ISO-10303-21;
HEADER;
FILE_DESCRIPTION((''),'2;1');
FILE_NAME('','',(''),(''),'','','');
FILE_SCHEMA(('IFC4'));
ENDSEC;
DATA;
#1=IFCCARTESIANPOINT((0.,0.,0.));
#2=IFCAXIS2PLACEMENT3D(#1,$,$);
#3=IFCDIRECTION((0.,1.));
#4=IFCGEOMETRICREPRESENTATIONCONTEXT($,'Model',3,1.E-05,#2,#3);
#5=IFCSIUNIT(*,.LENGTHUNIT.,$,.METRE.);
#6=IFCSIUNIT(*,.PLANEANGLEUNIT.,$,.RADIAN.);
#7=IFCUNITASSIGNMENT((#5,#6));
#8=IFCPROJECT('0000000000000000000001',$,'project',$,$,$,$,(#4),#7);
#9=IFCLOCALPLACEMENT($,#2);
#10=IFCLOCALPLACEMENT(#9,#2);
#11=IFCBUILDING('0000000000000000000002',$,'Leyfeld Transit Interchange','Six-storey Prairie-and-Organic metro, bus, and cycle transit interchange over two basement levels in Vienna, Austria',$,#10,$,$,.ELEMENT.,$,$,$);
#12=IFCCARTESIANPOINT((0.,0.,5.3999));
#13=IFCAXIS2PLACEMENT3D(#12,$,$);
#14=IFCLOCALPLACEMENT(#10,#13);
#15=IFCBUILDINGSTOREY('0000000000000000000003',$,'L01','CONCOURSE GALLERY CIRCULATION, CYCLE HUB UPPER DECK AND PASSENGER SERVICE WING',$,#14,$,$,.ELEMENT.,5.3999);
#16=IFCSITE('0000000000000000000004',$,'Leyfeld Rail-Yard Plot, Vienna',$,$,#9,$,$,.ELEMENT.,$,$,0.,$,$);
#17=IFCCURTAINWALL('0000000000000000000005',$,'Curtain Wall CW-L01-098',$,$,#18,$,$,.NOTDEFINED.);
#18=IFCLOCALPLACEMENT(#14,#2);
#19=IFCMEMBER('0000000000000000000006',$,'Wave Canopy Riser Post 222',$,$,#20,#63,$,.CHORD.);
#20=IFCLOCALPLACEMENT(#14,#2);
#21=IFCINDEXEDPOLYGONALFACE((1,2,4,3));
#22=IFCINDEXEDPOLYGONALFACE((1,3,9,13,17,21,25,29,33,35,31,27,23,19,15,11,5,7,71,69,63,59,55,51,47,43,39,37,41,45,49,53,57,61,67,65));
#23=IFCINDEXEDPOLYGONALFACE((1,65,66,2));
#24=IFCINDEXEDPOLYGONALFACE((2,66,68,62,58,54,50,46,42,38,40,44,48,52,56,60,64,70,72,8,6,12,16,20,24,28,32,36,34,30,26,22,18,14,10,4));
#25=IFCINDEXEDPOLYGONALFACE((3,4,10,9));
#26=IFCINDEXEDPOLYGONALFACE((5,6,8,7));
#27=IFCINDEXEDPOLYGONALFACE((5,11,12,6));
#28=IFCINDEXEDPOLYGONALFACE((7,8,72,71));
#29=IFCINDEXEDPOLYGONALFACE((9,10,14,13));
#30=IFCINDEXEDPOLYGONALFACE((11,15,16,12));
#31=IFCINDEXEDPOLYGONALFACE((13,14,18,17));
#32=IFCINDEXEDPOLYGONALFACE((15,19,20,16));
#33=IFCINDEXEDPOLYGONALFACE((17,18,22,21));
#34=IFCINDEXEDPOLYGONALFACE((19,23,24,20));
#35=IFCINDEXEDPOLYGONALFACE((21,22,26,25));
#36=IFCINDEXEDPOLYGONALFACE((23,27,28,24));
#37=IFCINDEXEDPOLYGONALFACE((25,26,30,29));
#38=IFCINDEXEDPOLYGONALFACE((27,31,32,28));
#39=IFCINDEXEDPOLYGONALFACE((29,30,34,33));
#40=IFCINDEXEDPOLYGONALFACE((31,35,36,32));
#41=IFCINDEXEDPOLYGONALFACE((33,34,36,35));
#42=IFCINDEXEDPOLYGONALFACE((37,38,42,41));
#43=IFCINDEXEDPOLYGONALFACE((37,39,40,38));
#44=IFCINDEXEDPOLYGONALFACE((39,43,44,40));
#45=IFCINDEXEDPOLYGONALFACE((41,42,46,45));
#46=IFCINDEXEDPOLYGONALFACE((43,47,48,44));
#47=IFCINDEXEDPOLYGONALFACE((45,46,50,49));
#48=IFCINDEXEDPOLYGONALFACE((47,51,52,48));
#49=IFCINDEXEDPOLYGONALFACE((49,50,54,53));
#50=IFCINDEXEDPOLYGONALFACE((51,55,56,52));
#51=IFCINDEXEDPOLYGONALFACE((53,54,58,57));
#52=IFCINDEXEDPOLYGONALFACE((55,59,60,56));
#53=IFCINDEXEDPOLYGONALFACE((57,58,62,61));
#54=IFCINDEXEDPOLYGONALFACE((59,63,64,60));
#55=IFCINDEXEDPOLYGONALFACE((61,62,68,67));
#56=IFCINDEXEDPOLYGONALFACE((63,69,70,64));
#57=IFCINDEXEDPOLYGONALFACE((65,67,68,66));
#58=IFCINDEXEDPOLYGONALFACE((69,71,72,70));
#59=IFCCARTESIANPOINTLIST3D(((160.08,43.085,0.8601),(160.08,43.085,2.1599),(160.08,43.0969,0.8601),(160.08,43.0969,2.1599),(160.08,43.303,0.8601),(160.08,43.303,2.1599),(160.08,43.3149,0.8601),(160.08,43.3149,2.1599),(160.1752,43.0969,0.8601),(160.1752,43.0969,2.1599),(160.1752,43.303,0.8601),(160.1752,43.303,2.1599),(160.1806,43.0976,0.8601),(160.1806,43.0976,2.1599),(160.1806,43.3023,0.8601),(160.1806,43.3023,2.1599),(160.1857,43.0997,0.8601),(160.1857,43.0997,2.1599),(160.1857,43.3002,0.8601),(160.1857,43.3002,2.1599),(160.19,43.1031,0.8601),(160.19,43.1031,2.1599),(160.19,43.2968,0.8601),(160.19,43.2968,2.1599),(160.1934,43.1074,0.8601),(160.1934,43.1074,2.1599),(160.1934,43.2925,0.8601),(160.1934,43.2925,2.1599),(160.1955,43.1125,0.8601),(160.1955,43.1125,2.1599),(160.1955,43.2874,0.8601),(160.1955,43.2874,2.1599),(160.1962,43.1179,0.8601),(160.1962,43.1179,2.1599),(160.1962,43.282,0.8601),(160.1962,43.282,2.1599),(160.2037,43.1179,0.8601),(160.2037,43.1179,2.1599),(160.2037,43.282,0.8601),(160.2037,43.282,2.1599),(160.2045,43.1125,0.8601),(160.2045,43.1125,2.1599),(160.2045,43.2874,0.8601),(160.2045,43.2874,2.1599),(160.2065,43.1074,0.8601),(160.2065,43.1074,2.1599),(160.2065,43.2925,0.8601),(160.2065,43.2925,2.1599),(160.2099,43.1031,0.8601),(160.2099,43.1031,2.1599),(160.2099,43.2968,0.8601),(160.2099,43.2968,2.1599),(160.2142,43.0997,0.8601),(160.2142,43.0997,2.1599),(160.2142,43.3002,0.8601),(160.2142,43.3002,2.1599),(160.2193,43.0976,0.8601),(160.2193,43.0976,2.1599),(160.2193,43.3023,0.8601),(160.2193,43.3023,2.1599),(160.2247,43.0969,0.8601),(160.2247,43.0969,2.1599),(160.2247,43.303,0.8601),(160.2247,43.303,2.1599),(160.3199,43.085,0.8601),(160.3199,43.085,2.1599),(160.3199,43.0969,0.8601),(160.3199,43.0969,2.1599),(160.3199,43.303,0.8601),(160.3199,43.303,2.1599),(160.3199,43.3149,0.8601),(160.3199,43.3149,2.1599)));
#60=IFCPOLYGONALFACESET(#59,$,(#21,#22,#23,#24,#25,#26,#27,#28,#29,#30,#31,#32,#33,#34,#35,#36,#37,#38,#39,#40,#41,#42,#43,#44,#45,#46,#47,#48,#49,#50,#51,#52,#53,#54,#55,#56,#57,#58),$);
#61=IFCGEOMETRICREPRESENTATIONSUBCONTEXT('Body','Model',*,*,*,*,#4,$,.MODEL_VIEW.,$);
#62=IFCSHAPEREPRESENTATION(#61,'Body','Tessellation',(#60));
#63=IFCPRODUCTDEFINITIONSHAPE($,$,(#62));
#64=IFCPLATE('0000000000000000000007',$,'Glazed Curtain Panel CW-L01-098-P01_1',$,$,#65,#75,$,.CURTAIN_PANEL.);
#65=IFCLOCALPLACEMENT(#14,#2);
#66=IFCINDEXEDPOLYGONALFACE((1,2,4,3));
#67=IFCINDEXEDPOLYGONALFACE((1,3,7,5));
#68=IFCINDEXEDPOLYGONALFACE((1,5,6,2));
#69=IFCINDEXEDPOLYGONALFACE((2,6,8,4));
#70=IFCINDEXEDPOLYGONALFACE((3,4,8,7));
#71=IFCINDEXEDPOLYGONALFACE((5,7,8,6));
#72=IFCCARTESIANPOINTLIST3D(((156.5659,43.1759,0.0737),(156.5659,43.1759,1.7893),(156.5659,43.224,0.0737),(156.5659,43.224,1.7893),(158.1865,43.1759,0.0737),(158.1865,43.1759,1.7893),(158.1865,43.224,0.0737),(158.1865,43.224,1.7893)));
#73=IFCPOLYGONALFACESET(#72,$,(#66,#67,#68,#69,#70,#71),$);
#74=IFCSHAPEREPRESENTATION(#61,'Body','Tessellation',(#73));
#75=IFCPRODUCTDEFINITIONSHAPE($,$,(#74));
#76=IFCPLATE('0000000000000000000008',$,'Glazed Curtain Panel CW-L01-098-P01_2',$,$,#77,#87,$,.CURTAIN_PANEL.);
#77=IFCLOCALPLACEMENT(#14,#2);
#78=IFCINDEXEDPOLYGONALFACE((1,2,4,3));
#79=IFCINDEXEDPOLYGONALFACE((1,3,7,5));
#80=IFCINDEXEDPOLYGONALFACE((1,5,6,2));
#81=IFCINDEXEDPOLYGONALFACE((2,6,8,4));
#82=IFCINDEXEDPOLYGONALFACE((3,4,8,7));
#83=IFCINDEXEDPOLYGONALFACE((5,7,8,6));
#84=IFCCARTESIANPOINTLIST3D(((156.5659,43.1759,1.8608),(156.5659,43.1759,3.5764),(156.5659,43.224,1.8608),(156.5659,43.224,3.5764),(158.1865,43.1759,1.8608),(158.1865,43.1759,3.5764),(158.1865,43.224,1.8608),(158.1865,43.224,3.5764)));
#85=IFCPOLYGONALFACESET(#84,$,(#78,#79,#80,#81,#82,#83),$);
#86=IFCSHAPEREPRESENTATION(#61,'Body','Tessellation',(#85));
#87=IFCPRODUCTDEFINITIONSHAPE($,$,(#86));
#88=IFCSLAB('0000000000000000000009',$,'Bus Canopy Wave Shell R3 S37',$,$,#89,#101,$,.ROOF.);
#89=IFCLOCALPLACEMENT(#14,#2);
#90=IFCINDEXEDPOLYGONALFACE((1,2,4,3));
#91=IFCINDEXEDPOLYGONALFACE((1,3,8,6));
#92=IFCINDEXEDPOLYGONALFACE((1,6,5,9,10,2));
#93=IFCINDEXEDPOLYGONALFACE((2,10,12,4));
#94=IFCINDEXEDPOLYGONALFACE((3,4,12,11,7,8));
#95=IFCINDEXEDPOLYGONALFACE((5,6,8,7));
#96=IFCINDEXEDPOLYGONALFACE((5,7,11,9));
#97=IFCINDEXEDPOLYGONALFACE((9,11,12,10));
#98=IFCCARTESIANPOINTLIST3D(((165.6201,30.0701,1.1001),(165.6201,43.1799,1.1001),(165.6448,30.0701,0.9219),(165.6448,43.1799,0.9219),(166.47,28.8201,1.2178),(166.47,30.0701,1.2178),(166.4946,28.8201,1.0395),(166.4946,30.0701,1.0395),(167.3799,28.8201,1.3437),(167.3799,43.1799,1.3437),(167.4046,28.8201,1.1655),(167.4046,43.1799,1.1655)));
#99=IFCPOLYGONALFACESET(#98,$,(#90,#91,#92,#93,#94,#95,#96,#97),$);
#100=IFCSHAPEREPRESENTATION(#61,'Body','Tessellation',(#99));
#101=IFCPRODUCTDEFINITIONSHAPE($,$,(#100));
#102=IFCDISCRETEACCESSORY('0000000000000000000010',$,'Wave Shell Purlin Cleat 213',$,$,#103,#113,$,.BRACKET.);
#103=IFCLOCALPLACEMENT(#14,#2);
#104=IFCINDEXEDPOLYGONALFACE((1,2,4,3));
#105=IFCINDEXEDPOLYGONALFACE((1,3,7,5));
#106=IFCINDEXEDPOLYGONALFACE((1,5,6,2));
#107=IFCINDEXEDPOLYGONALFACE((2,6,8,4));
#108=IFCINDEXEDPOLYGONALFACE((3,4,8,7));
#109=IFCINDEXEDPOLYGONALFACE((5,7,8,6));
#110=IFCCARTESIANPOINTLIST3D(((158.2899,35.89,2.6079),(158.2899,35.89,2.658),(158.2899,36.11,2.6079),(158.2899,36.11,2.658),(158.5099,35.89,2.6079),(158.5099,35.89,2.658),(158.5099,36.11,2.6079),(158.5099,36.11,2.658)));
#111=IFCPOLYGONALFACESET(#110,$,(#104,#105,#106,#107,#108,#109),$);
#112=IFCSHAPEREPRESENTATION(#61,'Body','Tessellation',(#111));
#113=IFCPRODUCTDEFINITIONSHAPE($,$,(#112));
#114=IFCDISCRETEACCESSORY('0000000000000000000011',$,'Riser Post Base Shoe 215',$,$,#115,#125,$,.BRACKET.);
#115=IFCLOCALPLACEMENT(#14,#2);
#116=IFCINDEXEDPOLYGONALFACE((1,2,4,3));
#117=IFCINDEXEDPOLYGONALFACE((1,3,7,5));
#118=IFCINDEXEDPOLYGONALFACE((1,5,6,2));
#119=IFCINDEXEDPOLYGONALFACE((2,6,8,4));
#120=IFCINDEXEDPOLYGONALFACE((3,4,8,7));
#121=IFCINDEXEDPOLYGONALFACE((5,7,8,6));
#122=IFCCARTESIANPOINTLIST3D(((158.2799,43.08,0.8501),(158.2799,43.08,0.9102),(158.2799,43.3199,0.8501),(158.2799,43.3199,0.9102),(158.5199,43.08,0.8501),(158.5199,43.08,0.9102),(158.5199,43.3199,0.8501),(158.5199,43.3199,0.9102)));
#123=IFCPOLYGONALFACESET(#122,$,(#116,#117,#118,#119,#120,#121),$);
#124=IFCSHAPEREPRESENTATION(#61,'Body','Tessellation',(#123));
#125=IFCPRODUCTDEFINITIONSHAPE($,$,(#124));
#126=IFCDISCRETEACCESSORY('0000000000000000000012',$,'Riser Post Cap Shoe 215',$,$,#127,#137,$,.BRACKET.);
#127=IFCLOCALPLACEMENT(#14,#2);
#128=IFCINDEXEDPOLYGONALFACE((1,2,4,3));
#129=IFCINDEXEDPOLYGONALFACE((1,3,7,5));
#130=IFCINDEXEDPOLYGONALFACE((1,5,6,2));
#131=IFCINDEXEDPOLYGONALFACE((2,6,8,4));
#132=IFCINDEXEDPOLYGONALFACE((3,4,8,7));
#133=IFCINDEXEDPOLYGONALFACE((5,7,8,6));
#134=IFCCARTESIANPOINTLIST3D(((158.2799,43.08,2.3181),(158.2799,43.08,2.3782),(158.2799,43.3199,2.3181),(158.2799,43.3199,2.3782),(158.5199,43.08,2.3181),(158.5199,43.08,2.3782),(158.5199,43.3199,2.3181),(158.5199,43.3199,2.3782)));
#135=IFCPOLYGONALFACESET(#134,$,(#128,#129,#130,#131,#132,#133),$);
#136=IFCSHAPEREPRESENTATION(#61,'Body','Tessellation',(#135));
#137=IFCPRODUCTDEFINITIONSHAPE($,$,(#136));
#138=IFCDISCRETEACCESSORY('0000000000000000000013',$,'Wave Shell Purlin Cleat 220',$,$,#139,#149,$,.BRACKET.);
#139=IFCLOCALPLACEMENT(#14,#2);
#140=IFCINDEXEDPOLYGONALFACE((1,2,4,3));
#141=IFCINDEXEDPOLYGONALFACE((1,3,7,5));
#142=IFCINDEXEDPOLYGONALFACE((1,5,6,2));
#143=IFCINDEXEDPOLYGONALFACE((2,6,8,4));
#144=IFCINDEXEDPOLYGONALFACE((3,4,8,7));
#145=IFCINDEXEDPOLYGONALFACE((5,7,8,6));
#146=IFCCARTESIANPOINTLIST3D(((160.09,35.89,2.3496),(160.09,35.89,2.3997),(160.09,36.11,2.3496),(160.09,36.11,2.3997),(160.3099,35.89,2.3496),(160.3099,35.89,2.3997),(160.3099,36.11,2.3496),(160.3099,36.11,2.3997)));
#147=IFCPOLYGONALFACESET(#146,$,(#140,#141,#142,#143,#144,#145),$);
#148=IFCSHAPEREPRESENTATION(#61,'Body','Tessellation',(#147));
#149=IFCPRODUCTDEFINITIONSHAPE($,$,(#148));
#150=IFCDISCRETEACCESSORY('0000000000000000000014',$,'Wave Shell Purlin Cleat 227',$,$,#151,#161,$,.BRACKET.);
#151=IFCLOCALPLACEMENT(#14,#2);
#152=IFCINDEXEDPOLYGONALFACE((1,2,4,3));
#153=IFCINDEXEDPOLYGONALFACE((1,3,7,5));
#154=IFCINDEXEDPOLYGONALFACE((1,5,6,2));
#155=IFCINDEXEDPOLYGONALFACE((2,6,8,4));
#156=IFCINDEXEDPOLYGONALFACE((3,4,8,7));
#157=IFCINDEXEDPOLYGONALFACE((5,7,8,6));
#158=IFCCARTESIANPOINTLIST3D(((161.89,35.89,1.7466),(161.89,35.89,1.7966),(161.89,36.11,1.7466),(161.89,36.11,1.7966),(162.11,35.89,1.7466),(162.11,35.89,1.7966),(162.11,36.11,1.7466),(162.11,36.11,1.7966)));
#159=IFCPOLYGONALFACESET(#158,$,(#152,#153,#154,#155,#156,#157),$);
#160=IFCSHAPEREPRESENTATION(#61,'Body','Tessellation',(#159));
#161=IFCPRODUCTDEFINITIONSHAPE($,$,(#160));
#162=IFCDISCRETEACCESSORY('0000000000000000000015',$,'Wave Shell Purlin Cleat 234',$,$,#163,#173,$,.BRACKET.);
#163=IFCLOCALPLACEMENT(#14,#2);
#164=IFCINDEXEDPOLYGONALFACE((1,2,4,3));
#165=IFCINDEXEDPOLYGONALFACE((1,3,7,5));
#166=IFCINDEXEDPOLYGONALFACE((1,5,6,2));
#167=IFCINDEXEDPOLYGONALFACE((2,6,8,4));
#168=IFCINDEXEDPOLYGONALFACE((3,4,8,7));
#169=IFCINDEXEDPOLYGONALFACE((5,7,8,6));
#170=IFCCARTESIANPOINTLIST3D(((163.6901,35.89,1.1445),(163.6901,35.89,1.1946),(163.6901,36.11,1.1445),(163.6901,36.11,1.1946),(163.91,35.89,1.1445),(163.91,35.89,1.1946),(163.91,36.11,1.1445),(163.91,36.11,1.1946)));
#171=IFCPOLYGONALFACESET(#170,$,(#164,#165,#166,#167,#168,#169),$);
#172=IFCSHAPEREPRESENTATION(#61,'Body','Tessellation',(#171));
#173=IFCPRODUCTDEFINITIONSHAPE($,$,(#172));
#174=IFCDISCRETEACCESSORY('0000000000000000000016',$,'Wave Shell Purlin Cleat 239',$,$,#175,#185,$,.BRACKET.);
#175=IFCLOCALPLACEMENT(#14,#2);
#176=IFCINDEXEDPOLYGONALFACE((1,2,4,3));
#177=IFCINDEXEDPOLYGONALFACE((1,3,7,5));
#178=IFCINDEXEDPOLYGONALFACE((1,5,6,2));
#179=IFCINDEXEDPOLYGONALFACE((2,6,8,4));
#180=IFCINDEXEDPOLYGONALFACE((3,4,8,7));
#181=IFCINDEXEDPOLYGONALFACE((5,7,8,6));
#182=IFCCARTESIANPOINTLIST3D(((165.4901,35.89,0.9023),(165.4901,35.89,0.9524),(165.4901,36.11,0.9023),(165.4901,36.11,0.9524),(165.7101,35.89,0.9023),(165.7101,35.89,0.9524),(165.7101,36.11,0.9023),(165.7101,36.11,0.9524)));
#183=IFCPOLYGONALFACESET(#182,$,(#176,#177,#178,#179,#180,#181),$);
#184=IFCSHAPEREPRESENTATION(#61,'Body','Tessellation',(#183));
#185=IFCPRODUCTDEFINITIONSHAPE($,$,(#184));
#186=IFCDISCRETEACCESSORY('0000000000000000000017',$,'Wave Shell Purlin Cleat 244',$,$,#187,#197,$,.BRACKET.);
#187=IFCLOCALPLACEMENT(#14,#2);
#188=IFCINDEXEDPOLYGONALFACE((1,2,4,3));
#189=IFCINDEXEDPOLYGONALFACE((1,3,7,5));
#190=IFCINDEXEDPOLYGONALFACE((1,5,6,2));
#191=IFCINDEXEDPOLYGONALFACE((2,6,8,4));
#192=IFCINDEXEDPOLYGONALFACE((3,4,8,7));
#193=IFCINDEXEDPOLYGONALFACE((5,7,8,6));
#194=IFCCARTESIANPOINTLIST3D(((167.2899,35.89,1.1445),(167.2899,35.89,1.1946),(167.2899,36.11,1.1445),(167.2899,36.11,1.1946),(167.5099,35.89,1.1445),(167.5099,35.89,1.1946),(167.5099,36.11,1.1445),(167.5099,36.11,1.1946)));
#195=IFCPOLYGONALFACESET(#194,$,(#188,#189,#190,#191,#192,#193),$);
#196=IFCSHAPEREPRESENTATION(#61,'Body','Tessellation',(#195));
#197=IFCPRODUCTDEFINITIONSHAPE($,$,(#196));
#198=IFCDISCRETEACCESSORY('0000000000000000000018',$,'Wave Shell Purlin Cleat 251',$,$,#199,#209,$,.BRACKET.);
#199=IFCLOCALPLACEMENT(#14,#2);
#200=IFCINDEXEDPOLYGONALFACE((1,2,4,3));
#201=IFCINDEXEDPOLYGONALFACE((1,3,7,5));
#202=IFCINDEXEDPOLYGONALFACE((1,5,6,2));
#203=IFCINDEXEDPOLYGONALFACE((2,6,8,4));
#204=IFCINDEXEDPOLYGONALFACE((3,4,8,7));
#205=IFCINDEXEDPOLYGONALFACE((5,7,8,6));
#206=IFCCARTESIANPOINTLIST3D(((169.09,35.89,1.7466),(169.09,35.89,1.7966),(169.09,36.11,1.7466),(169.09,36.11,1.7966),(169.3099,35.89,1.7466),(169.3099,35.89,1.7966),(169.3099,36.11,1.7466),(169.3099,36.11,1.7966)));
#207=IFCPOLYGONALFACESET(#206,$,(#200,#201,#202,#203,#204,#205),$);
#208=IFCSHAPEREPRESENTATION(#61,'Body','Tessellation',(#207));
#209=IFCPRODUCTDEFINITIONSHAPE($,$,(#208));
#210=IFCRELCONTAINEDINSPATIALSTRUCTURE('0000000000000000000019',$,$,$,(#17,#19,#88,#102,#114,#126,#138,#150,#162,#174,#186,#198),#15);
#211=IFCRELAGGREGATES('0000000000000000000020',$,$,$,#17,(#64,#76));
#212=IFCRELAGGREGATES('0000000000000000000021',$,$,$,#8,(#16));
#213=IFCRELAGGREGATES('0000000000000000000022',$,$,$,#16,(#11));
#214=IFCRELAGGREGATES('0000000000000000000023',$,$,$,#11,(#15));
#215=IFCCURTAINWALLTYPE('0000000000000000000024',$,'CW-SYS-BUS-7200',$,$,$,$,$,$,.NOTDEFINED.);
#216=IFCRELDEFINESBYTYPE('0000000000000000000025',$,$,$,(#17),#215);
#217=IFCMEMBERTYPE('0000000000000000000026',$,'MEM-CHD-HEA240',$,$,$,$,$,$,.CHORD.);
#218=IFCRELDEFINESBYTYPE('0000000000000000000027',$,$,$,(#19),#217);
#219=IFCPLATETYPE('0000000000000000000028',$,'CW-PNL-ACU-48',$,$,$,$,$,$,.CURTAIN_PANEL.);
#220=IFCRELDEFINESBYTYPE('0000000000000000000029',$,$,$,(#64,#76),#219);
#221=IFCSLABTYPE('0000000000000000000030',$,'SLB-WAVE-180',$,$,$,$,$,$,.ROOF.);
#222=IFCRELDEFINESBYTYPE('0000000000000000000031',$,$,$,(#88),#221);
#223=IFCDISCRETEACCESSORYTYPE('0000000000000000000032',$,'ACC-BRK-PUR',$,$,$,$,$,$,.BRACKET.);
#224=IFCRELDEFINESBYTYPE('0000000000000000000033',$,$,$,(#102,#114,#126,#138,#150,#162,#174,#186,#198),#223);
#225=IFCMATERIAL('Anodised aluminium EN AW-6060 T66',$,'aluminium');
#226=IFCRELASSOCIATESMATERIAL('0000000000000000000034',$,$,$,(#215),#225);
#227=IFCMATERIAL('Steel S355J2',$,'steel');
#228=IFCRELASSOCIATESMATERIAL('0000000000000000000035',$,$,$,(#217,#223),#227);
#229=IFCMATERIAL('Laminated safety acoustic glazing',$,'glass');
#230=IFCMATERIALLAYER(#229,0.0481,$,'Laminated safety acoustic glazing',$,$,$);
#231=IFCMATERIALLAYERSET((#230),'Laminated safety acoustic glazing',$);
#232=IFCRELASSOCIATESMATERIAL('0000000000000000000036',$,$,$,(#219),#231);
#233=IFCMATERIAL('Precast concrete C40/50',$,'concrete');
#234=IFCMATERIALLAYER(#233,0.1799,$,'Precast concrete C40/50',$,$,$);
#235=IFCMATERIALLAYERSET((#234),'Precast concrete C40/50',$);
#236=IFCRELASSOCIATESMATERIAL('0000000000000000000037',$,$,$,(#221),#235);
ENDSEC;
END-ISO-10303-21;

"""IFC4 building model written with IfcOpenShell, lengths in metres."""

from ifc_helpers import new_model, si_unit, direction, frame, origin, origin_2d, place, context, subcontext, project, spatial, polyline, rectangle, i_section, outline, extrude, material, layer, layer_set, material_profile, profile_set, type_object, element, aggregate, save


model = new_model("IFC4")

# Units and contexts
model_context = context("Model", 3, precision=1e-05, world=origin(), true_north=direction((0.0, 1.0)))
body_context = subcontext(model_context, "Body", "Model", "MODEL_VIEW")
ifc_project = project(units=[si_unit("LENGTHUNIT", "METRE"), si_unit("PLANEANGLEUNIT", "RADIAN")], contexts=[model_context])

# Site, building, storey
site_placement = place(None, origin())
site = spatial("IfcSite", under=ifc_project, at=site_placement, Name="Leyfeld Rail-Yard Plot, Vienna", CompositionType="ELEMENT", RefElevation=0.0)
building_placement = place(site_placement, origin())
building = spatial("IfcBuilding", under=site, at=building_placement, Name="Leyfeld Transit Interchange", Description="Six-storey Prairie-and-Organic metro, bus, and cycle transit interchange over two basement levels in Vienna, Austria", CompositionType="ELEMENT")
storey_placement = place(building_placement, frame((0.0, 0.0, 5.3999)))
storey = spatial("IfcBuildingStorey", under=building, at=storey_placement, Name="L01", Description="CONCOURSE GALLERY CIRCULATION, CYCLE HUB UPPER DECK AND PASSENGER SERVICE WING", CompositionType="ELEMENT", Elevation=5.3999)

# Shared definitions
ifc_material_1 = material(Name="Steel S355J2", Category="steel")

# Curtain wall
ifc_material_2 = material(Name="Anodised aluminium EN AW-6060 T66", Category="aluminium")
curtain_wall_type = type_object("IfcCurtainWallType", Name="CW-SYS-BUS-7200", PredefinedType="NOTDEFINED", material=ifc_material_2)
curtain_wall_placement = place(storey_placement, origin())
curtain_wall = element("IfcCurtainWall", 1, at=curtain_wall_placement, inside=storey, type_object=curtain_wall_type, Name="Curtain Wall CW-L01-098", PredefinedType="NOTDEFINED")

# Member
ifc_material_profile_1 = material_profile(ifc_material_1, i_section(OverallWidth=0.24, OverallDepth=0.23, WebThickness=0.0076, FlangeThickness=0.012, FilletRadius=0.021, at=origin_2d()), Name="HEA 240")
ifc_profile_set_1 = profile_set([ifc_material_profile_1], Name="Steel S355J2")
member_type_1 = type_object("IfcMemberType", Name="MEM-CHD-HEA240", PredefinedType="CHORD", material=ifc_profile_set_1)
member_1_placement = place(storey_placement, frame((160.2, 43.2, 0.8601), z_axis=(0.0, 0.0, 1.0), x_axis=(1.0, 0.0, 0.0)))
element("IfcMember", 2, at=member_1_placement, inside=storey, type_object=member_type_1, Name="Wave Canopy Riser Post 222", PredefinedType="CHORD", context=body_context, shape_type="SweptSolid", body=[
    extrude(i_section(OverallWidth=0.24, OverallDepth=0.23, WebThickness=0.0076, FlangeThickness=0.012, FilletRadius=0.021, at=origin_2d()), origin(), (0.0, 0.0, 1.0), 1.2998),
])

# Plates
ifc_material_3 = material(Name="Laminated safety acoustic glazing", Category="glass")
ifc_layer_1 = layer(ifc_material_3, 0.0481, Name="Laminated safety acoustic glazing")
ifc_layer_set_1 = layer_set([ifc_layer_1], Name="Laminated safety acoustic glazing")
plate_type = type_object("IfcPlateType", Name="CW-PNL-ACU-48", PredefinedType="CURTAIN_PANEL", material=ifc_layer_set_1)
plate_1_placement = place(storey_placement, frame((157.3762, 43.2, 0.0737), z_axis=(0.0, 0.0, 1.0), x_axis=(-1.0, 0.0, 0.0)))
plate_1 = element("IfcPlate", 3, at=plate_1_placement, type_object=plate_type, Name="Glazed Curtain Panel CW-L01-098-P01_1", PredefinedType="CURTAIN_PANEL", context=body_context, shape_type="SweptSolid", body=[
    extrude(rectangle(XDim=1.6206, YDim=0.0481, at=origin_2d()), origin(), (0.0, 0.0, 1.0), 1.7156),
])
plate_2_placement = place(storey_placement, frame((157.3762, 43.2, 1.8608), z_axis=(0.0, 0.0, 1.0), x_axis=(-1.0, 0.0, 0.0)))
plate_2 = element("IfcPlate", 4, at=plate_2_placement, type_object=plate_type, Name="Glazed Curtain Panel CW-L01-098-P01_2", PredefinedType="CURTAIN_PANEL", context=body_context, shape_type="SweptSolid", body=[
    extrude(rectangle(XDim=1.6206, YDim=0.0481, at=origin_2d()), origin(), (0.0, 0.0, 1.0), 1.7156),
])
aggregate(curtain_wall, [plate_1, plate_2])

# Slab
ifc_material_4 = material(Name="Precast concrete C40/50", Category="concrete")
ifc_layer_2 = layer(ifc_material_4, 0.1799, Name="Precast concrete C40/50")
ifc_layer_set_2 = layer_set([ifc_layer_2], Name="Precast concrete C40/50")
slab_type = type_object("IfcSlabType", Name="SLB-WAVE-180", PredefinedType="ROOF", material=ifc_layer_set_2)
slab_placement = place(storey_placement, frame((165.6201, 30.0701, 1.1001), z_axis=(-0.137149, 0.0, 0.99055), x_axis=(0.99055, 0.0, 0.137149)))
element("IfcSlab", 5, at=slab_placement, inside=storey, type_object=slab_type, Name="Bus Canopy Wave Shell R3 S37", PredefinedType="ROOF", context=body_context, shape_type="SweptSolid", body=[
    extrude(outline(polyline([(0.0, 0.0), (0.858, 0.0), (0.858, -1.25), (1.7766, -1.25), (1.7766, 13.1099), (0.0, 13.1099), (0.0, 0.0)])), origin(), (0.0, 0.0, -1.0), 0.1799),
])

# Discrete accessories
discrete_accessory_type = type_object("IfcDiscreteAccessoryType", Name="ACC-BRK-PUR", PredefinedType="BRACKET", material=ifc_material_1)
discrete_accessory_placement = place(storey_placement, frame((158.3999, 36.0, 2.6079), z_axis=(0.0, 0.0, 1.0), x_axis=(1.0, 0.0, 0.0)))
element("IfcDiscreteAccessory", 6, at=discrete_accessory_placement, inside=storey, type_object=discrete_accessory_type, Name="Wave Shell Purlin Cleat 213", PredefinedType="BRACKET", context=body_context, shape_type="SweptSolid", body=[
    extrude(rectangle(XDim=0.22, YDim=0.22, at=origin_2d()), origin(), (0.0, 0.0, 1.0), 0.05),
])
for number, where, z_axis, x_axis, name in (
    (7, (158.3999, 43.2, 0.8501), (0.0, 0.0, 1.0), (1.0, 0.0, 0.0), "Riser Post Base Shoe 215"),
    (8, (158.3999, 43.2, 2.3181), (0.0, 0.0, 1.0), (1.0, 0.0, 0.0), "Riser Post Cap Shoe 215"),
):
    element("IfcDiscreteAccessory", number, at=place(storey_placement, frame(where, z_axis=z_axis, x_axis=x_axis)), inside=storey, type_object=discrete_accessory_type, Name=name, PredefinedType="BRACKET", context=body_context, shape_type="SweptSolid", body=[
        extrude(rectangle(XDim=0.24, YDim=0.24, at=origin_2d()), origin(), (0.0, 0.0, 1.0), 0.0601),
    ])
for number, where, z_axis, x_axis, name in (
    (9, (160.2, 36.0, 2.3496), (0.0, 0.0, 1.0), (1.0, 0.0, 0.0), "Wave Shell Purlin Cleat 220"),
    (10, (162.0, 36.0, 1.7466), (0.0, 0.0, 1.0), (1.0, 0.0, 0.0), "Wave Shell Purlin Cleat 227"),
    (11, (163.8, 36.0, 1.1445), (0.0, 0.0, 1.0), (1.0, 0.0, 0.0), "Wave Shell Purlin Cleat 234"),
    (12, (165.6001, 36.0, 0.9023), (0.0, 0.0, 1.0), (1.0, 0.0, 0.0), "Wave Shell Purlin Cleat 239"),
    (13, (167.3999, 36.0, 1.1445), (0.0, 0.0, 1.0), (1.0, 0.0, 0.0), "Wave Shell Purlin Cleat 244"),
    (14, (169.2, 36.0, 1.7466), (0.0, 0.0, 1.0), (1.0, 0.0, 0.0), "Wave Shell Purlin Cleat 251"),
):
    element("IfcDiscreteAccessory", number, at=place(storey_placement, frame(where, z_axis=z_axis, x_axis=x_axis)), inside=storey, type_object=discrete_accessory_type, Name=name, PredefinedType="BRACKET", context=body_context, shape_type="SweptSolid", body=[
        extrude(rectangle(XDim=0.22, YDim=0.22, at=origin_2d()), origin(), (0.0, 0.0, 1.0), 0.05),
    ])

save(model, "model.ifc")
